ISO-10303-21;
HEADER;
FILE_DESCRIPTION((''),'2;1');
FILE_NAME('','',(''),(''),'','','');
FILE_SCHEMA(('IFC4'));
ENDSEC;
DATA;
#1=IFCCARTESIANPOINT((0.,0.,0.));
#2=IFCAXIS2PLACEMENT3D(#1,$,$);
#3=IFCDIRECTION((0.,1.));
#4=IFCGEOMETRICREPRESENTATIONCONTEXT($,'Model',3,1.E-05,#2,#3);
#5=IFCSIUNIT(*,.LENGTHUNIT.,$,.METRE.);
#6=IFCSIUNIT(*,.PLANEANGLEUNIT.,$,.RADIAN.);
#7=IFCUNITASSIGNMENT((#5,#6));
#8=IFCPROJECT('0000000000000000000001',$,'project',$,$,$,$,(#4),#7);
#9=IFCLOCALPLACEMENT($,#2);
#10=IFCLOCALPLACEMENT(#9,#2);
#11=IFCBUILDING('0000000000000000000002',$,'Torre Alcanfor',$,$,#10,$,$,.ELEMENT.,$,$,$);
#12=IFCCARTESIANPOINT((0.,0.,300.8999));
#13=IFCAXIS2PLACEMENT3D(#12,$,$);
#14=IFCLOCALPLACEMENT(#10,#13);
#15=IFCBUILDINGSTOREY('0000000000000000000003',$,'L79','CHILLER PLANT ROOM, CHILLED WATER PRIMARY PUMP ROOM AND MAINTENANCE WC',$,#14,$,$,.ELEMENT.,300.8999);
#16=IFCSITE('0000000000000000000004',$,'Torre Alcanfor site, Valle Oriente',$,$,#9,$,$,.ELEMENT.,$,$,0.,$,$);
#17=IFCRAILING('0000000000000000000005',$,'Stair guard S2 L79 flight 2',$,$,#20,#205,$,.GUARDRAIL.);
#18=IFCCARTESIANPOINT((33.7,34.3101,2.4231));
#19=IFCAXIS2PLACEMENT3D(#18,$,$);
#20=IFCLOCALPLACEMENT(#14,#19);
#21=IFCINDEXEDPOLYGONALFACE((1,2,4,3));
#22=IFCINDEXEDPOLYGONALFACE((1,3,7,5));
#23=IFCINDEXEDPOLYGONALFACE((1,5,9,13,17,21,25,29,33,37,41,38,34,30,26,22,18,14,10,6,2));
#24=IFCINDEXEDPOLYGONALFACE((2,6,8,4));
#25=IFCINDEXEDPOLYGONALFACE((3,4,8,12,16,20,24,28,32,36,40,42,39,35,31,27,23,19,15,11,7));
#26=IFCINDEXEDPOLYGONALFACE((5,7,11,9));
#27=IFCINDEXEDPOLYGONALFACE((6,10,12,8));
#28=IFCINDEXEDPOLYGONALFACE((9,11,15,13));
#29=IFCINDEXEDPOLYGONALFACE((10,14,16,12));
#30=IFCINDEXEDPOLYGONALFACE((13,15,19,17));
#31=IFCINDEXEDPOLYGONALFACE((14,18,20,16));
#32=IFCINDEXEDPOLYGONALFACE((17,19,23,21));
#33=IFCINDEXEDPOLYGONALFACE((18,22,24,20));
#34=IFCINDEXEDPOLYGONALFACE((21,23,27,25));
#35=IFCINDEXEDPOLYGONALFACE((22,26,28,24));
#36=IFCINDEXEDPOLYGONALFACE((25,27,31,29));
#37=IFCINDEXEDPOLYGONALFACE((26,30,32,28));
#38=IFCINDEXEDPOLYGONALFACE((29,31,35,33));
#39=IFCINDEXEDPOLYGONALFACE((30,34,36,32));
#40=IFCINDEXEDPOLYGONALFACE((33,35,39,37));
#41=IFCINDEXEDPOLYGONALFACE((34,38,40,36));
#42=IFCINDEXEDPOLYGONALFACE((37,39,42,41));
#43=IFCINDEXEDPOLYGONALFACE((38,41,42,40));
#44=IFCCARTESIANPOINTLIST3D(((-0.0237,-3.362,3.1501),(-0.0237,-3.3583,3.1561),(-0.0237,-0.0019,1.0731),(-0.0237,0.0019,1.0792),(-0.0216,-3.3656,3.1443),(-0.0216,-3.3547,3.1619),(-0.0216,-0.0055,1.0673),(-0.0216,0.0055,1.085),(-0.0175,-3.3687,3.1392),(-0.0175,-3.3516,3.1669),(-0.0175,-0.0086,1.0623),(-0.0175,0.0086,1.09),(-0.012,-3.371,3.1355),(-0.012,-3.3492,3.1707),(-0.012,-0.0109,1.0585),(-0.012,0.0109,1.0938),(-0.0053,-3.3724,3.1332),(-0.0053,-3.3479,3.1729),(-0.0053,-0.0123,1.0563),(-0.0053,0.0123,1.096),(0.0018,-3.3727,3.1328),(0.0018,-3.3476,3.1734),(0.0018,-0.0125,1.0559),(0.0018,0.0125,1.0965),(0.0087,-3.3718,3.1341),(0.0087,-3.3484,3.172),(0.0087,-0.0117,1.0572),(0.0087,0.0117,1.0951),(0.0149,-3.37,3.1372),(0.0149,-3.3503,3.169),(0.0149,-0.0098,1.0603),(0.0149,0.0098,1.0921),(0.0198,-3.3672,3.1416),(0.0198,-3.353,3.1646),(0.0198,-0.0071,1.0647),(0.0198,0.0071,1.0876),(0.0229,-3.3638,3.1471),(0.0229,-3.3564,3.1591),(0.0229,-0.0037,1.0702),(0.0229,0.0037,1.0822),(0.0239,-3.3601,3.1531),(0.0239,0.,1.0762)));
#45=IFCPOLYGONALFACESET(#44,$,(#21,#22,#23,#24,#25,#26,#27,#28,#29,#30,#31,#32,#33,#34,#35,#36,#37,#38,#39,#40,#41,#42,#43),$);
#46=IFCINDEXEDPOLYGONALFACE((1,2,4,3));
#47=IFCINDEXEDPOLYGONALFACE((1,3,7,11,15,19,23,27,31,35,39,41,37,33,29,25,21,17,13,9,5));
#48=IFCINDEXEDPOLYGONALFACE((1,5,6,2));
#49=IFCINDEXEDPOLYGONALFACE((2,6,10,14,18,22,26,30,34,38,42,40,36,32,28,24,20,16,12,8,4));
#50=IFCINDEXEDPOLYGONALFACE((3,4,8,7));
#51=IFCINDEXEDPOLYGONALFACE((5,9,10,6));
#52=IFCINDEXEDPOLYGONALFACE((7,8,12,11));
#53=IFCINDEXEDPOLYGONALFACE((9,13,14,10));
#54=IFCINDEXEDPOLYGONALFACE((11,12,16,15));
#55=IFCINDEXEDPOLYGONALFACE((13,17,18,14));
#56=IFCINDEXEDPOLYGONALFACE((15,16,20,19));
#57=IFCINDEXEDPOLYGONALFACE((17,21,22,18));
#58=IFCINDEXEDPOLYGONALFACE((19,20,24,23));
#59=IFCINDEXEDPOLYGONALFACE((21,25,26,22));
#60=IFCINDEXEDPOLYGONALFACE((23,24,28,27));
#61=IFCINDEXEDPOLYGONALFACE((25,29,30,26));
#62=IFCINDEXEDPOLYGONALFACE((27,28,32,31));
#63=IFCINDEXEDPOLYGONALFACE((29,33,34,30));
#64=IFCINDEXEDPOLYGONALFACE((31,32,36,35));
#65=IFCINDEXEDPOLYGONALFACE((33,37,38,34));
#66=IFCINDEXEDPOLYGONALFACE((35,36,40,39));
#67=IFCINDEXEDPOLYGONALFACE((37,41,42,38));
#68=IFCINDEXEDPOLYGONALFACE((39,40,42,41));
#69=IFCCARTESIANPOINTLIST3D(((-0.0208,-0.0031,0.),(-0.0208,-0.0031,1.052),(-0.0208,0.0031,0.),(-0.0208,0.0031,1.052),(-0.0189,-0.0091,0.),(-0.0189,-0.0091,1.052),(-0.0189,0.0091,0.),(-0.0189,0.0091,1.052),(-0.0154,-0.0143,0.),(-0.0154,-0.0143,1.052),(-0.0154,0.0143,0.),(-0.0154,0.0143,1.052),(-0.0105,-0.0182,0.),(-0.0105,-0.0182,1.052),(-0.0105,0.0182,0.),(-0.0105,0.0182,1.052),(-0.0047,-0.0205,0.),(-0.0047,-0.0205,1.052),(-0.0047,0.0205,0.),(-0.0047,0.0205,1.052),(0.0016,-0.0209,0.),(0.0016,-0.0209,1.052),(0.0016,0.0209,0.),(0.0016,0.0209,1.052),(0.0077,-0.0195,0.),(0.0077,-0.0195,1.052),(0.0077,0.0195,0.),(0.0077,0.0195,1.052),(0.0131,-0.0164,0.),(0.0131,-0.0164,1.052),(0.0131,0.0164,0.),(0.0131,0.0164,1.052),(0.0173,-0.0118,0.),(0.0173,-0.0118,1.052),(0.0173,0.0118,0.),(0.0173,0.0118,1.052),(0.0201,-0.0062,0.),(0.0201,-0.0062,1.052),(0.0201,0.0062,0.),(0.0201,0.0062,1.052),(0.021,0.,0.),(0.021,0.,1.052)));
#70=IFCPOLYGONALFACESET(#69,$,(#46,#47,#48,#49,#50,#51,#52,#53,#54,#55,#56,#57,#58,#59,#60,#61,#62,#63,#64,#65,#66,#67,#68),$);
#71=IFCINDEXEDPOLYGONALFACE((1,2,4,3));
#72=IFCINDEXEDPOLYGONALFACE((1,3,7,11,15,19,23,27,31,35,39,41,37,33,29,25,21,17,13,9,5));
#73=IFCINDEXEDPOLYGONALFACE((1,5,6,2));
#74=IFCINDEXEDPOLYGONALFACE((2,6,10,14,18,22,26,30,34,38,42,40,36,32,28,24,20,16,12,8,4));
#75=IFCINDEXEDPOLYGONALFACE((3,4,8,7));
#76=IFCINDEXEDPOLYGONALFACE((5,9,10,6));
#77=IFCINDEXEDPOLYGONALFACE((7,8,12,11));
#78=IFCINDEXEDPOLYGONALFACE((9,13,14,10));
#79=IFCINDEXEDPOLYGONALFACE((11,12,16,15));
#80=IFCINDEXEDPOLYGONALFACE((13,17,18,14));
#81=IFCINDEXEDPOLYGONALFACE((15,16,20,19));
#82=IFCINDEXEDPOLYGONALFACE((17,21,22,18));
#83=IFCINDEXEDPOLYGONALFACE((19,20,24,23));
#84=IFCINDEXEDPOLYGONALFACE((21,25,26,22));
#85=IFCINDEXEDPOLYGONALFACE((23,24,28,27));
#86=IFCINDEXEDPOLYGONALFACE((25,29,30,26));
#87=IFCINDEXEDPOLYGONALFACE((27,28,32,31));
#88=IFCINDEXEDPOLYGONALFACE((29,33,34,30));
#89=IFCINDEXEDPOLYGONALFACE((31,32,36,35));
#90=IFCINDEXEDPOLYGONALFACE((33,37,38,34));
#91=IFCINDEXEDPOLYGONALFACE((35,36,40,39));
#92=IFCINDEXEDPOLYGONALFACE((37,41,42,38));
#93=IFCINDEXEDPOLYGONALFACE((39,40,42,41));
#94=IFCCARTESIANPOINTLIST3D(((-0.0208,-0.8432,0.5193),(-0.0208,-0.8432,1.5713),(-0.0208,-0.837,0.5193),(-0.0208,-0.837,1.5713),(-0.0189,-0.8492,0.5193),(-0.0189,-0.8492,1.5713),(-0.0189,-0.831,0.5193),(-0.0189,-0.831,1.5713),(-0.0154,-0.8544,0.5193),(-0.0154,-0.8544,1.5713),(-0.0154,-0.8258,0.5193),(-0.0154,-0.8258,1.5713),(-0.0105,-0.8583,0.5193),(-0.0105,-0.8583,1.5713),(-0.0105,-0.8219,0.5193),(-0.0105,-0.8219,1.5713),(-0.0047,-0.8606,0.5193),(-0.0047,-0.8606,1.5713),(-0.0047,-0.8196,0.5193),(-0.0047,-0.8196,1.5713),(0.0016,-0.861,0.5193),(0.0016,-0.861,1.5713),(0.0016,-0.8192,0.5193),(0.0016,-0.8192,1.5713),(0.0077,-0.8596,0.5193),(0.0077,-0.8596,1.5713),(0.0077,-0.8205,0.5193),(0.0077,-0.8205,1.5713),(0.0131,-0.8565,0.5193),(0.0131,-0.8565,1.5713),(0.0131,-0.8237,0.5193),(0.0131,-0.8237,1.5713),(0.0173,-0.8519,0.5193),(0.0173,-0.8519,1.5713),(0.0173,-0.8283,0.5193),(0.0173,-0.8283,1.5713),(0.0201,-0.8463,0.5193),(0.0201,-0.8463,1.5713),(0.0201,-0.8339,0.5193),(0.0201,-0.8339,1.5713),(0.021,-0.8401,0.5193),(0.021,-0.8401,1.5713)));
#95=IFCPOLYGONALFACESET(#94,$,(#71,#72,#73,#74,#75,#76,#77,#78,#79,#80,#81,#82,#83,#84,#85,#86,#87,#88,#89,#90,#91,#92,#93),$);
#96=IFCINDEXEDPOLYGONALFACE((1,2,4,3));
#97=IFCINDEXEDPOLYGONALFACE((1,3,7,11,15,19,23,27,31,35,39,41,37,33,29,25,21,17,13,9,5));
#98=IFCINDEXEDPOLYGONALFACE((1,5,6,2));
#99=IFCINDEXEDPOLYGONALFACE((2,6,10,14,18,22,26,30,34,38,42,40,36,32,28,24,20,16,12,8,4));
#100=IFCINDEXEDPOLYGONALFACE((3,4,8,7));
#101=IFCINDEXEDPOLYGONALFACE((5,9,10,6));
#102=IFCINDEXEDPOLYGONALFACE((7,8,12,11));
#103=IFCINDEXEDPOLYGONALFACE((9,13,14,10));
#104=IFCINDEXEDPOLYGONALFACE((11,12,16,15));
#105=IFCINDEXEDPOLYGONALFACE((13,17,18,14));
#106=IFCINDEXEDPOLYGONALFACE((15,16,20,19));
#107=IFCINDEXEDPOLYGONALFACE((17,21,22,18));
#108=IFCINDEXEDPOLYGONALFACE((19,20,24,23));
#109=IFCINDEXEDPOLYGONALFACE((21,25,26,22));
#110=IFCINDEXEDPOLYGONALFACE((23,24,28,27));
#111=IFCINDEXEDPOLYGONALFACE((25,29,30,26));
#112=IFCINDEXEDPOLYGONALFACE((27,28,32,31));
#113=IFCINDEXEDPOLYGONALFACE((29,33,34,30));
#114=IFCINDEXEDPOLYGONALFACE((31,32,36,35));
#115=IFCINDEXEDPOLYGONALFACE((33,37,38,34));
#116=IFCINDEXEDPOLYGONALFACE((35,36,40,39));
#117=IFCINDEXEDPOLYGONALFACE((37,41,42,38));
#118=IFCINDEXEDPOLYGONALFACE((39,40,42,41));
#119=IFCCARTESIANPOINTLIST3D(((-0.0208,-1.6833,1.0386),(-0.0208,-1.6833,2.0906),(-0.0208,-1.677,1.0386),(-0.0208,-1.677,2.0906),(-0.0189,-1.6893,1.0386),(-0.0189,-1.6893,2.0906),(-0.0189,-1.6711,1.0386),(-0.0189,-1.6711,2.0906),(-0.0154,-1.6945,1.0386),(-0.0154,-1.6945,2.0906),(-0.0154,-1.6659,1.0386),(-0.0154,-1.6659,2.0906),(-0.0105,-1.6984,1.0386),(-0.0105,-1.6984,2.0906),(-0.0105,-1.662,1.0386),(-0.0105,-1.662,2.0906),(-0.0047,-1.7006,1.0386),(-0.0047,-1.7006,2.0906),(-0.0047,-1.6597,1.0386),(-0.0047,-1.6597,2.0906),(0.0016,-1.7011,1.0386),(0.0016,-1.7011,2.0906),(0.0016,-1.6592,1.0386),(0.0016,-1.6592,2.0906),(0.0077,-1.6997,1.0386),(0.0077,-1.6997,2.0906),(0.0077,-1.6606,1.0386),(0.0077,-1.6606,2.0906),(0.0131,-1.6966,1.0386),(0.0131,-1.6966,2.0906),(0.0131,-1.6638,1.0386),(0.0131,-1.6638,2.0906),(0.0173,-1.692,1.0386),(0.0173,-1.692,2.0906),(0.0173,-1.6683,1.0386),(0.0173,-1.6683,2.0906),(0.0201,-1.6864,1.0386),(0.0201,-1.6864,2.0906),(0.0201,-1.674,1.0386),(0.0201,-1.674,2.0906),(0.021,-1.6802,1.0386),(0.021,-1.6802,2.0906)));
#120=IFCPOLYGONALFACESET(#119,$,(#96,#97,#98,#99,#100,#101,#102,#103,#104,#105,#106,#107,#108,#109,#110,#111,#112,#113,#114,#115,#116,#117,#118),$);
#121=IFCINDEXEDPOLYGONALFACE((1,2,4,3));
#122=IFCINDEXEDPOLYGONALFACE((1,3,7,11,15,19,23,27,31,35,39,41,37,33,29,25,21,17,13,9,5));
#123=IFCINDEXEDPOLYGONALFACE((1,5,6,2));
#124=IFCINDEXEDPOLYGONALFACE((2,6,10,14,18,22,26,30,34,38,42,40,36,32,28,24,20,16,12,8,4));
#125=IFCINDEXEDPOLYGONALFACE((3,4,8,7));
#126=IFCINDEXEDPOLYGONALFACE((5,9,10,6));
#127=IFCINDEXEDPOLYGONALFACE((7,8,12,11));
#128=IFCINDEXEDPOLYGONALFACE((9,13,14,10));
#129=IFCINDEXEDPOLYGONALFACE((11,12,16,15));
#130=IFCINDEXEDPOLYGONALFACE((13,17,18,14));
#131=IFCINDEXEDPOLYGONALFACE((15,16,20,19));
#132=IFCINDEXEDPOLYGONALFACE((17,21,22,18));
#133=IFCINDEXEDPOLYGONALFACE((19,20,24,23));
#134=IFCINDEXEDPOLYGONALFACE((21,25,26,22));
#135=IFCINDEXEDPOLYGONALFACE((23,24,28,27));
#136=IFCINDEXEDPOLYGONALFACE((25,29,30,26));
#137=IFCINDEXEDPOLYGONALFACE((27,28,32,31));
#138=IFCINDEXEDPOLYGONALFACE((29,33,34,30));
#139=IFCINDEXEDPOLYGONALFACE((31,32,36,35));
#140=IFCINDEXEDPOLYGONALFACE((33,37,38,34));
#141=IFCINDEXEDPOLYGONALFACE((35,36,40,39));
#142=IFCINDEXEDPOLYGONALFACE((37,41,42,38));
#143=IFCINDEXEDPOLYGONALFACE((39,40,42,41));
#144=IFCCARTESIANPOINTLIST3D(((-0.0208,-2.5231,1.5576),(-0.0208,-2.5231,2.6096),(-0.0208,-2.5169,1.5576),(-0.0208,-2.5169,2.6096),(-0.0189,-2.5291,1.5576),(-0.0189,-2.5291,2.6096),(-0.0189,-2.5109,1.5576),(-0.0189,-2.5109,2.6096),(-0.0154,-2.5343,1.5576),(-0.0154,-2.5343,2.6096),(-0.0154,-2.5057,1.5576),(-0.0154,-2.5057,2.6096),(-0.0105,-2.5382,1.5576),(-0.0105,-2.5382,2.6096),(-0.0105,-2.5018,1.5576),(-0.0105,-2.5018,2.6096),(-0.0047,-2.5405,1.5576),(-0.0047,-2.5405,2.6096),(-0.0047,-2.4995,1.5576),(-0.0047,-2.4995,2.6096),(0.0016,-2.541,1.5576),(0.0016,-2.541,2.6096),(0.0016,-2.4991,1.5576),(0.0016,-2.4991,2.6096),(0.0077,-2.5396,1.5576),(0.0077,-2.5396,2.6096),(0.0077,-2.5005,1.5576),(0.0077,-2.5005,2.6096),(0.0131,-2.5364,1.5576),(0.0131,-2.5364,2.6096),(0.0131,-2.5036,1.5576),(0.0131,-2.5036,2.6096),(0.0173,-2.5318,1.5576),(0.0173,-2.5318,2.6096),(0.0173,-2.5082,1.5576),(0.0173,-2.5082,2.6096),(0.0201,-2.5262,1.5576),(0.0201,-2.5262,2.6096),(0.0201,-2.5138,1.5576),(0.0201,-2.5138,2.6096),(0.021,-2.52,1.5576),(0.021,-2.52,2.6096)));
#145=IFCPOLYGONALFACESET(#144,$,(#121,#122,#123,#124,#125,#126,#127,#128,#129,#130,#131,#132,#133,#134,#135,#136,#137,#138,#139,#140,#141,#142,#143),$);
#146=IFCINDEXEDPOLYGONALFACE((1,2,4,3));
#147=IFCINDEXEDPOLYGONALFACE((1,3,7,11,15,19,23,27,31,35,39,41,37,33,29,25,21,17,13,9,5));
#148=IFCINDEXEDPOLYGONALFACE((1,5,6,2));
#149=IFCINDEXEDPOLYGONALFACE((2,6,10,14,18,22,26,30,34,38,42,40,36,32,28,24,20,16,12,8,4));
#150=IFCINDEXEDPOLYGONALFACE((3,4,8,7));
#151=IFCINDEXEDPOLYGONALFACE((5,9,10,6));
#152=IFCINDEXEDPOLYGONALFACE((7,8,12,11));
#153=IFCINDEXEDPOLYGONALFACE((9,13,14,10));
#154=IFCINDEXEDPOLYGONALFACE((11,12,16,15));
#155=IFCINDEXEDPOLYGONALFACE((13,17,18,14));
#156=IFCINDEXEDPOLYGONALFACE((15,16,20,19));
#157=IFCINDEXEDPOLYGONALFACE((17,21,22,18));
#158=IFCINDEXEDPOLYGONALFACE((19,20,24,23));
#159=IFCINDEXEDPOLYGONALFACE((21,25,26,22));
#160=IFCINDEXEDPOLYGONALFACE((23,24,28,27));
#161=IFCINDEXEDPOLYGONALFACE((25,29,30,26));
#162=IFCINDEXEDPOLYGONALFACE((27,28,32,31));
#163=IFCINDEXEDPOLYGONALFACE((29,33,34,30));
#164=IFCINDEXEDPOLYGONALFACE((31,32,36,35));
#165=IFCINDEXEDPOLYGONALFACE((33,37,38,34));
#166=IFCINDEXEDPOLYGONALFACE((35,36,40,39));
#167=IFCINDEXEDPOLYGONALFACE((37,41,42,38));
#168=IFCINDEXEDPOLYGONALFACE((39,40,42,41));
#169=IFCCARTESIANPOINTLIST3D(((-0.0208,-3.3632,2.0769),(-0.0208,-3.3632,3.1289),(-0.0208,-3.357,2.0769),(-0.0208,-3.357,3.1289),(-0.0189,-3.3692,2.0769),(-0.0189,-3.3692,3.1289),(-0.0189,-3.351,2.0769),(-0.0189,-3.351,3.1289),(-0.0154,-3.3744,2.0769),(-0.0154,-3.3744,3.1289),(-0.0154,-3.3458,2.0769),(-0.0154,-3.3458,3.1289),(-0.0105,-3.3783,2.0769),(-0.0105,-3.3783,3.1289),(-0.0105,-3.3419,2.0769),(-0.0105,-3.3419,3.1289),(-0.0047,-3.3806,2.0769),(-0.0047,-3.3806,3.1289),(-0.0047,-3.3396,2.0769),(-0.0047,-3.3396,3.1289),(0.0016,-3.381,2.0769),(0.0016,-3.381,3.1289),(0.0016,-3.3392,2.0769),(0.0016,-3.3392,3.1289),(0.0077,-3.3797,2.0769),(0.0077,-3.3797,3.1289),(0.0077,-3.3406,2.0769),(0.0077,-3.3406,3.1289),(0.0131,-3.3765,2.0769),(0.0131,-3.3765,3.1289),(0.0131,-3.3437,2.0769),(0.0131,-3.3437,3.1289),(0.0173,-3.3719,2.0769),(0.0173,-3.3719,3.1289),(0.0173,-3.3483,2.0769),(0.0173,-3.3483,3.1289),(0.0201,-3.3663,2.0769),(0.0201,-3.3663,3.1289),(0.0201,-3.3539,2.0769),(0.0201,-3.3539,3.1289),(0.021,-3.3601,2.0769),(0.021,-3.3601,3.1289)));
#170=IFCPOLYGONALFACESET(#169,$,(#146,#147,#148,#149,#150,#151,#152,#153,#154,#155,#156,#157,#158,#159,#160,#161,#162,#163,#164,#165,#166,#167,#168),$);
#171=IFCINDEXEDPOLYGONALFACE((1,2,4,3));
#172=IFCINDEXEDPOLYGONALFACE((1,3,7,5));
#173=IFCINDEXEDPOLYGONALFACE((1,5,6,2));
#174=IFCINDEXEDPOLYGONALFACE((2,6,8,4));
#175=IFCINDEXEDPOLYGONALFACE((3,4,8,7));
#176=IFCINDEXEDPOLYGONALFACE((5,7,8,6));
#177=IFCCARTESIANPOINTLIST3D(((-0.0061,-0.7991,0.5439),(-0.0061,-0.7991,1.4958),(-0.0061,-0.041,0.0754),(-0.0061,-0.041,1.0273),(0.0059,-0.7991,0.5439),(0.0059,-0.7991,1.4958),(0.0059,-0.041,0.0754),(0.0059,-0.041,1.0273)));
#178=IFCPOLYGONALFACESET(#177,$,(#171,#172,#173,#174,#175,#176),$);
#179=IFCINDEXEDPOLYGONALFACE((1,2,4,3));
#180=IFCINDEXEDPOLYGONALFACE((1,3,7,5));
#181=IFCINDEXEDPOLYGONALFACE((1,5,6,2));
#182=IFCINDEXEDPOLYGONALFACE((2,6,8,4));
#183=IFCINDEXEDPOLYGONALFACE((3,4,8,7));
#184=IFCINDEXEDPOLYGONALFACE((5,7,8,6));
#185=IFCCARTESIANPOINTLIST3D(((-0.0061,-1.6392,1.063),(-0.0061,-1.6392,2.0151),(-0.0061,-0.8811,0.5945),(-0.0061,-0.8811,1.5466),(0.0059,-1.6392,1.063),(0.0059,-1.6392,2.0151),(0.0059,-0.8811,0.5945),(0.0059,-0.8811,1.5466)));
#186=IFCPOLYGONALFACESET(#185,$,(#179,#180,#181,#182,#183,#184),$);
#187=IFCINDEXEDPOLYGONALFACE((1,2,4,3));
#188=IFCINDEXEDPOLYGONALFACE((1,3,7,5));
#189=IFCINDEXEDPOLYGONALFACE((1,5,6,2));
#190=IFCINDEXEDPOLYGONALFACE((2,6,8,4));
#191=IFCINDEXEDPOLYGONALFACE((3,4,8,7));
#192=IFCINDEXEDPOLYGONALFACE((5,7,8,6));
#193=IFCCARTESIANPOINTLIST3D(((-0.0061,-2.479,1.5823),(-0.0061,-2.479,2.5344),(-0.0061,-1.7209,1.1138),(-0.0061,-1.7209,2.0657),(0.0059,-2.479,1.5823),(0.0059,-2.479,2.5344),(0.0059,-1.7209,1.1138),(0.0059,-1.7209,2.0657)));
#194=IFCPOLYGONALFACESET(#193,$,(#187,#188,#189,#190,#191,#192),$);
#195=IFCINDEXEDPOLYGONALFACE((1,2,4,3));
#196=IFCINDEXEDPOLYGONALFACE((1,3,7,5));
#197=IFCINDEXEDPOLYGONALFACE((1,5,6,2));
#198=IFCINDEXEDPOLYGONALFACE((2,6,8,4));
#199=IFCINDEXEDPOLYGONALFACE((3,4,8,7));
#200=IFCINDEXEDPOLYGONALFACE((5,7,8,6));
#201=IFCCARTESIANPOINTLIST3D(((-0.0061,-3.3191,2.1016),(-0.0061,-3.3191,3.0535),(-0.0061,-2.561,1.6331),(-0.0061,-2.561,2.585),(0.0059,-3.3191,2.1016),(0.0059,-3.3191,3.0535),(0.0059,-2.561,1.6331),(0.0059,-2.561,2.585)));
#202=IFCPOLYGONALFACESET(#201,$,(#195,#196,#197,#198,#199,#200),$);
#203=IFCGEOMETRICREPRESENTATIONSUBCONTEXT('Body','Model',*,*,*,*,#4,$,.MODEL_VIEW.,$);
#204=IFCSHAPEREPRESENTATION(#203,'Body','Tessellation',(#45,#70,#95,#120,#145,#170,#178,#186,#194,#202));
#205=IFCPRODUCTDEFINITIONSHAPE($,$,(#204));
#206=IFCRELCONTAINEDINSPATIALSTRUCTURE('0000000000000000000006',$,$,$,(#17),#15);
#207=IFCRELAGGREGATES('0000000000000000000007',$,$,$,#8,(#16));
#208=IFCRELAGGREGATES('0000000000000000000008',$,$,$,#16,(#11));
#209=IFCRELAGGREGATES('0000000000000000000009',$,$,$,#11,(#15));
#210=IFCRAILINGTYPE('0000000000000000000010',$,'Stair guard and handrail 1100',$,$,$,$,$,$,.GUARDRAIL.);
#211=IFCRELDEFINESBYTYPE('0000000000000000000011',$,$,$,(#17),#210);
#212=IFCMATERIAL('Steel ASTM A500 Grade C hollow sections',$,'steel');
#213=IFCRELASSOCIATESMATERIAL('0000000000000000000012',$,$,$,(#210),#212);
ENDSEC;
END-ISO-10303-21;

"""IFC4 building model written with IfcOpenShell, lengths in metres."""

from ifc_helpers import new_model, si_unit, direction, frame, origin, origin_2d, place, context, subcontext, project, spatial, polyline, circle, outline, extrude, material, type_object, element, save


model = new_model("IFC4")

# Units and contexts
model_context = context("Model", 3, precision=1e-05, world=origin(), true_north=direction((0.0, 1.0)))
body_context = subcontext(model_context, "Body", "Model", "MODEL_VIEW")
ifc_project = project(units=[si_unit("LENGTHUNIT", "METRE"), si_unit("PLANEANGLEUNIT", "RADIAN")], contexts=[model_context])

# Site, building, storey
site_placement = place(None, origin())
site = spatial("IfcSite", under=ifc_project, at=site_placement, Name="Torre Alcanfor site, Valle Oriente", CompositionType="ELEMENT", RefElevation=0.0)
building_placement = place(site_placement, origin())
building = spatial("IfcBuilding", under=site, at=building_placement, Name="Torre Alcanfor", CompositionType="ELEMENT")
storey_placement = place(building_placement, frame((0.0, 0.0, 300.8999)))
storey = spatial("IfcBuildingStorey", under=building, at=storey_placement, Name="L79", Description="CHILLER PLANT ROOM, CHILLED WATER PRIMARY PUMP ROOM AND MAINTENANCE WC", CompositionType="ELEMENT", Elevation=300.8999)

# Railing
ifc_material_1 = material(Name="Steel ASTM A500 Grade C hollow sections", Category="steel")
railing_type_1 = type_object("IfcRailingType", Name="Stair guard and handrail 1100", PredefinedType="GUARDRAIL", material=ifc_material_1)
railing_1_placement = place(storey_placement, frame((33.7, 34.3101, 2.4231)))
element("IfcRailing", 1, at=railing_1_placement, inside=storey, type_object=railing_type_1, Name="Stair guard S2 L79 flight 2", PredefinedType="GUARDRAIL", context=body_context, shape_type="SweptSolid", body=[
    extrude(circle(Radius=0.0239, at=origin_2d()), frame((0.0, 0.0, 1.0762), z_axis=(0.0, -0.850623, 0.525776), x_axis=(1.0, 0.0, 0.0)), (0.0, 0.0, 1.0), 3.9502),
    extrude(circle(Radius=0.021, at=origin_2d()), origin(), (0.0, 0.0, 1.0), 1.052),
    extrude(circle(Radius=0.021, at=origin_2d()), frame((0.0, -0.8401, 0.5193)), (0.0, 0.0, 1.0), 1.052),
    extrude(circle(Radius=0.021, at=origin_2d()), frame((0.0, -1.6802, 1.0386)), (0.0, 0.0, 1.0), 1.052),
    extrude(circle(Radius=0.021, at=origin_2d()), frame((0.0, -2.52, 1.5576)), (0.0, 0.0, 1.0), 1.052),
    extrude(circle(Radius=0.021, at=origin_2d()), frame((0.0, -3.3601, 2.0769)), (0.0, 0.0, 1.0), 1.052),
    extrude(outline(polyline([(0.041, 0.0754), (0.7991, 0.5439), (0.7991, 1.4958), (0.041, 1.0273), (0.041, 0.0754)])), frame((0.0059, 0.0, 0.0), z_axis=(-1.0, 0.0, 0.0), x_axis=(0.0, -1.0, 0.0)), (0.0, 0.0, 1.0), 0.012),
    extrude(outline(polyline([(0.8811, 0.5945), (1.6392, 1.063), (1.6392, 2.0151), (0.8811, 1.5466), (0.8811, 0.5945)])), frame((0.0059, 0.0, 0.0), z_axis=(-1.0, 0.0, 0.0), x_axis=(0.0, -1.0, 0.0)), (0.0, 0.0, 1.0), 0.012),
    extrude(outline(polyline([(1.7209, 1.1138), (2.479, 1.5823), (2.479, 2.5344), (1.7209, 2.0657), (1.7209, 1.1138)])), frame((0.0059, 0.0, 0.0), z_axis=(-1.0, 0.0, 0.0), x_axis=(0.0, -1.0, 0.0)), (0.0, 0.0, 1.0), 0.012),
    extrude(outline(polyline([(2.561, 1.6331), (3.3191, 2.1016), (3.3191, 3.0535), (2.561, 2.585), (2.561, 1.6331)])), frame((0.0059, 0.0, 0.0), z_axis=(-1.0, 0.0, 0.0), x_axis=(0.0, -1.0, 0.0)), (0.0, 0.0, 1.0), 0.012),
])

save(model, "model.ifc")
